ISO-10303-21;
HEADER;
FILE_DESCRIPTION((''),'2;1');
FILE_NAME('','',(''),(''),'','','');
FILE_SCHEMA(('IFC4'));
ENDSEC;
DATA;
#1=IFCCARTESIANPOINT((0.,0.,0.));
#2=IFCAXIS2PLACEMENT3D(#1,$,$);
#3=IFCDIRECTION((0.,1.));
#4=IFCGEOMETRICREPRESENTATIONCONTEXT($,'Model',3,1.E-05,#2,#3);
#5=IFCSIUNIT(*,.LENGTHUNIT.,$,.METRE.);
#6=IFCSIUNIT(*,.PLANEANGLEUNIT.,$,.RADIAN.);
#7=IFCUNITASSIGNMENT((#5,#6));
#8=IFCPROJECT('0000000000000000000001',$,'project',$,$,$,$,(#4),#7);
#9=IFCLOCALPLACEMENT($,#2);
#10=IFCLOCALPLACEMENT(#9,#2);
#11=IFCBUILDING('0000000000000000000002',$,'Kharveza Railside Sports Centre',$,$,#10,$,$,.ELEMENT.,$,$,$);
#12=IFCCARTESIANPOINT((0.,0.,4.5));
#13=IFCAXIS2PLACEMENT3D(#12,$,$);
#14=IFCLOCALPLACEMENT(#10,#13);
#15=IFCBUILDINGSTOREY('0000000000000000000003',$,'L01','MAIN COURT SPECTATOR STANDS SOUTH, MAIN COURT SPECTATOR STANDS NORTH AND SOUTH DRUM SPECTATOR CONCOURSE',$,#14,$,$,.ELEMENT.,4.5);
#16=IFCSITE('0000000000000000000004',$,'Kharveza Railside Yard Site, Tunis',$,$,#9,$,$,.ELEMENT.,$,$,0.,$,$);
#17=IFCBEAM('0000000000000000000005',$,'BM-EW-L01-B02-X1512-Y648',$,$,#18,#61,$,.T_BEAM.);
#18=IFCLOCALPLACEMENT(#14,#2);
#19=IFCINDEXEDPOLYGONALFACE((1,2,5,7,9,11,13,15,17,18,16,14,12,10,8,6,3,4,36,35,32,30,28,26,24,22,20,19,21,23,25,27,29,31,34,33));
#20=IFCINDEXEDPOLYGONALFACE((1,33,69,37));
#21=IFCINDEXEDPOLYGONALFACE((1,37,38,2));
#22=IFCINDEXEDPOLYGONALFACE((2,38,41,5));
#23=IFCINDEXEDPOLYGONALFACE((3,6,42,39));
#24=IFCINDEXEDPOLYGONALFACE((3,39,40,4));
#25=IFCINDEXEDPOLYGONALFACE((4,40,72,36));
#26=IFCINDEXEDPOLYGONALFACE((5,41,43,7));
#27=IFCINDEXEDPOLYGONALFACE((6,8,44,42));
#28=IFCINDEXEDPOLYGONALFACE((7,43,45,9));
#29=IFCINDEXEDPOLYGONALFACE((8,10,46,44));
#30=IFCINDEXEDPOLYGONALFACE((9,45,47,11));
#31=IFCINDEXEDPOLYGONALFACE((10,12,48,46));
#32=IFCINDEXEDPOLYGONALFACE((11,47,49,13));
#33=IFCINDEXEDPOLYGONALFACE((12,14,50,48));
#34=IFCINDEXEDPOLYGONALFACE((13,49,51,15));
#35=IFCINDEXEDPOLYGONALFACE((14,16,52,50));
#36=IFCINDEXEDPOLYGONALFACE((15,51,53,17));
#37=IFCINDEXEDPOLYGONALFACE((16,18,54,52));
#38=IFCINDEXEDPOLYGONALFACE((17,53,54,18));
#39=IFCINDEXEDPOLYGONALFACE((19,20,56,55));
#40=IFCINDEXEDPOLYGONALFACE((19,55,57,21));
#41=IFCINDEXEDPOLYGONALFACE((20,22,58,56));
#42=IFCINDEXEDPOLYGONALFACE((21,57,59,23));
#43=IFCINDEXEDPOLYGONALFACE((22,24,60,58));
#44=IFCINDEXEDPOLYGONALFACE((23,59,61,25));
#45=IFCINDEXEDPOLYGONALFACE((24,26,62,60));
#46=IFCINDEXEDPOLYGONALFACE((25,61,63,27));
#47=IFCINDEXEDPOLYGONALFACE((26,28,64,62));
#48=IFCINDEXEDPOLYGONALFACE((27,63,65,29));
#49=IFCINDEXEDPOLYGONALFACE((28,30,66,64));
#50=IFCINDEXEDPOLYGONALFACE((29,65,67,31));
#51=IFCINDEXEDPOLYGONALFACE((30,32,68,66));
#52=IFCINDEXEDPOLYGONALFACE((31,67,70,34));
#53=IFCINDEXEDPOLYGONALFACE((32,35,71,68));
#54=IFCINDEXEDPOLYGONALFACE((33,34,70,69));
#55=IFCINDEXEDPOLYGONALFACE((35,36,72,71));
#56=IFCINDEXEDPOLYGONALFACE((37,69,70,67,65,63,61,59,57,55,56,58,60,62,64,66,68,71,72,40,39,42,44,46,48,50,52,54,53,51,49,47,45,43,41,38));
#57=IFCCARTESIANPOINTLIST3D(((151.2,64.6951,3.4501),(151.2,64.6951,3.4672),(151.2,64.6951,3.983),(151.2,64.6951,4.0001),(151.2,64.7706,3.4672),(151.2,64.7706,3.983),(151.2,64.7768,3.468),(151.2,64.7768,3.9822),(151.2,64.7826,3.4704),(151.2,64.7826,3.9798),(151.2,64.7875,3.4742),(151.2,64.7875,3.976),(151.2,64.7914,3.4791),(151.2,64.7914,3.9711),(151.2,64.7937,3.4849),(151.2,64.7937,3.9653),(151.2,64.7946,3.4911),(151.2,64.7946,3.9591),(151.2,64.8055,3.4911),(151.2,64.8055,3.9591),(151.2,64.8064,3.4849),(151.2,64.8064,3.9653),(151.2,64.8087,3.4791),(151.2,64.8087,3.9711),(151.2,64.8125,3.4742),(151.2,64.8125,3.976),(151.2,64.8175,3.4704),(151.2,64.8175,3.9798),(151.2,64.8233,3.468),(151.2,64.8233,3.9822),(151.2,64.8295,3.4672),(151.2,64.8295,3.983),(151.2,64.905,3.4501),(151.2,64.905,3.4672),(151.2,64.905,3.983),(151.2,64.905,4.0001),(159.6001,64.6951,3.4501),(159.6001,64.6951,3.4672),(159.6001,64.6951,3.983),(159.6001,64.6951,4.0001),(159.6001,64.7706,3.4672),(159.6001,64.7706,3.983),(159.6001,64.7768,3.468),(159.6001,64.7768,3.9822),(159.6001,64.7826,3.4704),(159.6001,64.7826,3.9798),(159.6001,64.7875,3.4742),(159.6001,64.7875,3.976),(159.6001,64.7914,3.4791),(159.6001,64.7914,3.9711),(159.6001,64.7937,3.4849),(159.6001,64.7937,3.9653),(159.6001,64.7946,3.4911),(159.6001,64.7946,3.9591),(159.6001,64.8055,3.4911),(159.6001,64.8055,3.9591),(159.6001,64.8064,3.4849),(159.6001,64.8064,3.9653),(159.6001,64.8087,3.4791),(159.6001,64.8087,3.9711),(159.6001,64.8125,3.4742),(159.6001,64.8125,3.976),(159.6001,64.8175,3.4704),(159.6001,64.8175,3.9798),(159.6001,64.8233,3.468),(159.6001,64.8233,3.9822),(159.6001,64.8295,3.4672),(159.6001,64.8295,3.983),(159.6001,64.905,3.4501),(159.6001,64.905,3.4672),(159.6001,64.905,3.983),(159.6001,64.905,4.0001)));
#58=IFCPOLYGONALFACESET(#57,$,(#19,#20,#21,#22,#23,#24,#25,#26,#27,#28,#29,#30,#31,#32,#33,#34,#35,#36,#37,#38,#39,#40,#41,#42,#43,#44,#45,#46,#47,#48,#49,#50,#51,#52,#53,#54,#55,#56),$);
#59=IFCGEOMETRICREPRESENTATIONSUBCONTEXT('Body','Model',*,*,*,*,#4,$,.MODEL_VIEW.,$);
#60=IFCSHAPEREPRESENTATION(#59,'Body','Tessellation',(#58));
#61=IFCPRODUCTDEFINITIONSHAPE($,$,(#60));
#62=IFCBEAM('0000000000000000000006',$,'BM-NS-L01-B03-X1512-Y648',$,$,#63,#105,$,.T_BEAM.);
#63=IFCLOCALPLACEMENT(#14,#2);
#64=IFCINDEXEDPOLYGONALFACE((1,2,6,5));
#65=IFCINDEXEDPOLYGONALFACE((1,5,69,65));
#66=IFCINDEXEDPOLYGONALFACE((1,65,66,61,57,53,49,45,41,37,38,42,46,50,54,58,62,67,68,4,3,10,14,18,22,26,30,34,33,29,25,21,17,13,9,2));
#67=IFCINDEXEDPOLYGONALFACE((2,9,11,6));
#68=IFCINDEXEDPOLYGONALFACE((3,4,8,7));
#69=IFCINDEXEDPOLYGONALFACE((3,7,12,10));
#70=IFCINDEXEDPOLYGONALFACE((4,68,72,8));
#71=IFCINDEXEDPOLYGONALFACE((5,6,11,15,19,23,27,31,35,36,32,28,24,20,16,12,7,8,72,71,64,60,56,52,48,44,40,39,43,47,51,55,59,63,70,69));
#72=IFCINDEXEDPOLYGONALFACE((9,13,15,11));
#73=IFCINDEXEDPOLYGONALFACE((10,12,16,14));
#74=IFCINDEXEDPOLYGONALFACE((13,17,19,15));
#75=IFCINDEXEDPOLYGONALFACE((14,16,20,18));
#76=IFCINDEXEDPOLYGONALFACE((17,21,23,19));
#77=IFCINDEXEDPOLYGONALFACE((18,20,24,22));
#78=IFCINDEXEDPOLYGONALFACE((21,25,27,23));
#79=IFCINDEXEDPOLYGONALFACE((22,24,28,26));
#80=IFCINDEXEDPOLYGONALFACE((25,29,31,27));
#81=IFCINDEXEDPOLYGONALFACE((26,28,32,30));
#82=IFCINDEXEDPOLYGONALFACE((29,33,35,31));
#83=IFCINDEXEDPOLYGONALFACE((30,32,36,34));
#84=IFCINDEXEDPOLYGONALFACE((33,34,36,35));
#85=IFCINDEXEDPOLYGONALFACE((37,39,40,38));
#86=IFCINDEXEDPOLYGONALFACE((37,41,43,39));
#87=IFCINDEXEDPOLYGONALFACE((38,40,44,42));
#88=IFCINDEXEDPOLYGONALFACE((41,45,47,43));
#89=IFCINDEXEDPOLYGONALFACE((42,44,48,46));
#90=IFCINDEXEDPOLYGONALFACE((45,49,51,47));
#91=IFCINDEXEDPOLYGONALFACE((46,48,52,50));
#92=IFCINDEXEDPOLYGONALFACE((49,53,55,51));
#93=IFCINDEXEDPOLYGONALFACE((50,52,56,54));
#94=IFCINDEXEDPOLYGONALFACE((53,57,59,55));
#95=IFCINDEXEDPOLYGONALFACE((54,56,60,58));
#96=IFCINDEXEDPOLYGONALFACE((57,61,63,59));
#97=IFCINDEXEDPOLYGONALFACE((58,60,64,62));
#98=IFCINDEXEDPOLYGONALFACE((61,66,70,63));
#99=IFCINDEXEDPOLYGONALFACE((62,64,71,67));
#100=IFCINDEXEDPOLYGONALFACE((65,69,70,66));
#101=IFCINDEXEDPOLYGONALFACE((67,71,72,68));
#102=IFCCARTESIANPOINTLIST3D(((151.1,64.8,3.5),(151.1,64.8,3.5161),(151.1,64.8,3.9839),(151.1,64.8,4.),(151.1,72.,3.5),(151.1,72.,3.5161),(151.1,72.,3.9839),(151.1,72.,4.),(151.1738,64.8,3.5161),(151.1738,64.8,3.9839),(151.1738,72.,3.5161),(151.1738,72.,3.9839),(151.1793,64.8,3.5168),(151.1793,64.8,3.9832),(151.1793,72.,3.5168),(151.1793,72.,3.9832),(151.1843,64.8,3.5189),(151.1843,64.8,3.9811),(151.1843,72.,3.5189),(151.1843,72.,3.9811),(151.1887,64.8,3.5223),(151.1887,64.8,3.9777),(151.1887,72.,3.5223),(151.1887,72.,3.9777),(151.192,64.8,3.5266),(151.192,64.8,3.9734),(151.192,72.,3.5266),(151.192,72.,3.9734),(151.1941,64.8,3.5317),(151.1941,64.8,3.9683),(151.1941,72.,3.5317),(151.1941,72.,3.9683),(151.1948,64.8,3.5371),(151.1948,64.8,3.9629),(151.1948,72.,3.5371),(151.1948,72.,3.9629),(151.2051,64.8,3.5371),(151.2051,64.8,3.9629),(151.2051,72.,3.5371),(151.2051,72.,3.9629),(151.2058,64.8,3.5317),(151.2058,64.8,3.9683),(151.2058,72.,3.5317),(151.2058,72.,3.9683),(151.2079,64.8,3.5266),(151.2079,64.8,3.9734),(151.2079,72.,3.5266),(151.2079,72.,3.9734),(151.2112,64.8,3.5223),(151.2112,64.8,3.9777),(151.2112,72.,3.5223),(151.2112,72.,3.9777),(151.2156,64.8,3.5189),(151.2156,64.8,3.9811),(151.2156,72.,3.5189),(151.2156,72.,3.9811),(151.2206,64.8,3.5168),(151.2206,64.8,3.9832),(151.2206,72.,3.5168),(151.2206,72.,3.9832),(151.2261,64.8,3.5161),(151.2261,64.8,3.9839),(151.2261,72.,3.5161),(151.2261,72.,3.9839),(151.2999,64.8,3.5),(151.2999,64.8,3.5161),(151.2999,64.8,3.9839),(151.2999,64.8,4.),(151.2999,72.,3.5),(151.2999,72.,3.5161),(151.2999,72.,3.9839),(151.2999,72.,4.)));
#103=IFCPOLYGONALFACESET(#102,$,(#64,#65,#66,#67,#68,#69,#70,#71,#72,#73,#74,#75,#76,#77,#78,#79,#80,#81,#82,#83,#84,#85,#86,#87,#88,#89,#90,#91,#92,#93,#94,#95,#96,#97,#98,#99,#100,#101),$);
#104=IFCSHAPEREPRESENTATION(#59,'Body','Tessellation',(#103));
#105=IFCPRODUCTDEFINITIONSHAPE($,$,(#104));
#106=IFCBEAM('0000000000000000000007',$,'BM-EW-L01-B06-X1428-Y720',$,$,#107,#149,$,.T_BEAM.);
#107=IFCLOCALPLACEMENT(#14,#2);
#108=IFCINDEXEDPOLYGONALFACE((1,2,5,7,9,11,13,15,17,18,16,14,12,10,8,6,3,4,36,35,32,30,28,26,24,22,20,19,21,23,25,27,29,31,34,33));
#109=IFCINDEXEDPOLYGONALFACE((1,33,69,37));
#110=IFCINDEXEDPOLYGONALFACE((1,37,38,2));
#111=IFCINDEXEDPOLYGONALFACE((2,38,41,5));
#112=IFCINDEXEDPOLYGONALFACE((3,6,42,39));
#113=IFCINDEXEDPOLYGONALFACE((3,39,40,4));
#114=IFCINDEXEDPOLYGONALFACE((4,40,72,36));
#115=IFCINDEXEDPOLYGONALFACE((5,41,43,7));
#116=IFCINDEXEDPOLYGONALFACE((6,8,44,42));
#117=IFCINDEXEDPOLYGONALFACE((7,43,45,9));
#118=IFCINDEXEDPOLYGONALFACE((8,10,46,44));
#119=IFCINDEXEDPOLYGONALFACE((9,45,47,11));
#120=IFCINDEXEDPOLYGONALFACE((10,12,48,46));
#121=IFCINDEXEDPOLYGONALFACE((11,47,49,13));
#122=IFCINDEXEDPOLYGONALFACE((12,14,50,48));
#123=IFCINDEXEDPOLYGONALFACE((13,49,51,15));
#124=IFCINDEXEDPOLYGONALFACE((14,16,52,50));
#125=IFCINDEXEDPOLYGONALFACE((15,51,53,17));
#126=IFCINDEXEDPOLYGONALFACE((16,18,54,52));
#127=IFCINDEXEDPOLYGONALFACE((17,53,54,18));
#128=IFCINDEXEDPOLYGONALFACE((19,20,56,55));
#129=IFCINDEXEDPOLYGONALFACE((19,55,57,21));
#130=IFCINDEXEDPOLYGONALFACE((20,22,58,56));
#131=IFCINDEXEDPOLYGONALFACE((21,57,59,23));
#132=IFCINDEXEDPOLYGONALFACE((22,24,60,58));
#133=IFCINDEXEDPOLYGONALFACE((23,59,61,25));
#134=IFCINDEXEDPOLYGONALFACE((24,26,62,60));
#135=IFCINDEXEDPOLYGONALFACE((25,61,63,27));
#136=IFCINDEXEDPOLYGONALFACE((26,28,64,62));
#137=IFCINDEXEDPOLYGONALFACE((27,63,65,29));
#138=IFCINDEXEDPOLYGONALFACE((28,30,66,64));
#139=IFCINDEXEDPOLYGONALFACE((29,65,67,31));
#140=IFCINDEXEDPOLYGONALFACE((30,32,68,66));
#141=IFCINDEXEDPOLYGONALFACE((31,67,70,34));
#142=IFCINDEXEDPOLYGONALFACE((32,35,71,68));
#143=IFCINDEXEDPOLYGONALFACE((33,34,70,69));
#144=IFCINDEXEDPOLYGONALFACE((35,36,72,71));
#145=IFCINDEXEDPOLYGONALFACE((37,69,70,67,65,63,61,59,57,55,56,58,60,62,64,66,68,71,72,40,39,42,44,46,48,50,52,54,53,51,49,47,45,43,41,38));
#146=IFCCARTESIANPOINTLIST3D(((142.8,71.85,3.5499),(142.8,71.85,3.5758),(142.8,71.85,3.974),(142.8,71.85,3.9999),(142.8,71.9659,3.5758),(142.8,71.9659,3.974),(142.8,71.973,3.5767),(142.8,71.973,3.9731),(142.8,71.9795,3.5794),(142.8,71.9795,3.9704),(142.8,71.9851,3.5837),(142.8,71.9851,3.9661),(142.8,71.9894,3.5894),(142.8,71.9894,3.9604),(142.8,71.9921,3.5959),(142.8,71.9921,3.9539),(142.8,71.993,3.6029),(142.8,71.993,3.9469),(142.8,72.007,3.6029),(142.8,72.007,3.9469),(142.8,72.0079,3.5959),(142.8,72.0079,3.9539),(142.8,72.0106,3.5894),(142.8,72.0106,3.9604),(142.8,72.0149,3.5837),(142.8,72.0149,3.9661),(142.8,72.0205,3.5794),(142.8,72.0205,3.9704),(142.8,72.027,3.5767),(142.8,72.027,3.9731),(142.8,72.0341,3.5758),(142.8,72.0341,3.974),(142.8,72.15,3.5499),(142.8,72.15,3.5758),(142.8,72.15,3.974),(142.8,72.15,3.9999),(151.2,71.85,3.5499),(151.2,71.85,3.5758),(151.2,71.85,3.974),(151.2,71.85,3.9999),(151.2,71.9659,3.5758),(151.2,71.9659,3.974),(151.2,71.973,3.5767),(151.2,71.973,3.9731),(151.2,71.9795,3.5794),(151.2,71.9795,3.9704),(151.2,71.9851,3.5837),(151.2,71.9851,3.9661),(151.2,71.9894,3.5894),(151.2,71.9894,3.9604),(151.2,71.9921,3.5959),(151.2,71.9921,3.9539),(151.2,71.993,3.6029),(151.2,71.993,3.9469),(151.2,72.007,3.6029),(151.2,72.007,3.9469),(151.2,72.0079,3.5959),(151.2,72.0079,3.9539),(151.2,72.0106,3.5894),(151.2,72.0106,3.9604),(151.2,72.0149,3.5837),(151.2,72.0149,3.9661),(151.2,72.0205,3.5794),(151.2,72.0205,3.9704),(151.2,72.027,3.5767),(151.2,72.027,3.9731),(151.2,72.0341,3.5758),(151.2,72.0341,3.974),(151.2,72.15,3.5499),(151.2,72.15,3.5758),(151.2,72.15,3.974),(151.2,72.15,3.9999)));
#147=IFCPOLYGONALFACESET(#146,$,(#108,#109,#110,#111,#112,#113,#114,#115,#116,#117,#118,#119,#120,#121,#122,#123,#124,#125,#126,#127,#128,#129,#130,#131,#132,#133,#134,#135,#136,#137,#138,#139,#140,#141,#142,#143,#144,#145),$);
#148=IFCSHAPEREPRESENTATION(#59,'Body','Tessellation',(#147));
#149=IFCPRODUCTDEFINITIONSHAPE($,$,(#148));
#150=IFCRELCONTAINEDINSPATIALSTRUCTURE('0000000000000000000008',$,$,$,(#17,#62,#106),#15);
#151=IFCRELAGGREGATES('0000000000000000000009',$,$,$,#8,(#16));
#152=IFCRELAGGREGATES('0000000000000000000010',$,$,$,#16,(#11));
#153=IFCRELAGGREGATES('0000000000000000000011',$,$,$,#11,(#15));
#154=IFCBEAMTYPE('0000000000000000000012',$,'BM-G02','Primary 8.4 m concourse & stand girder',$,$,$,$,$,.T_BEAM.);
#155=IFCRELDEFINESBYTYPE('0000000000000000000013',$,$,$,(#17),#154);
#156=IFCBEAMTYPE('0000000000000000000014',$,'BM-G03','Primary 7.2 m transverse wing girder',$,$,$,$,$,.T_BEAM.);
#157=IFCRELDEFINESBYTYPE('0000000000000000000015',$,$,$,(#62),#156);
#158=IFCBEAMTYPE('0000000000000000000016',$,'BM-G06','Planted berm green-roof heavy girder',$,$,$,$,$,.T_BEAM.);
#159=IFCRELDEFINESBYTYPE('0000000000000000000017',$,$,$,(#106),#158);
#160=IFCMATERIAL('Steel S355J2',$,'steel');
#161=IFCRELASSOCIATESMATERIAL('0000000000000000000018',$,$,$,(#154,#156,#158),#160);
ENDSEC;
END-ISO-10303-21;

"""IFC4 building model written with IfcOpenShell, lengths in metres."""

from ifc_helpers import new_model, si_unit, direction, frame, origin, origin_2d, place, context, subcontext, project, spatial, i_section, extrude, material, material_profile, profile_set, type_object, element, save


model = new_model("IFC4")

# Units and contexts
model_context = context("Model", 3, precision=1e-05, world=origin(), true_north=direction((0.0, 1.0)))
body_context = subcontext(model_context, "Body", "Model", "MODEL_VIEW")
ifc_project = project(units=[si_unit("LENGTHUNIT", "METRE"), si_unit("PLANEANGLEUNIT", "RADIAN")], contexts=[model_context])

# Site, building, storey
site_placement = place(None, origin())
site = spatial("IfcSite", under=ifc_project, at=site_placement, Name="Kharveza Railside Yard Site, Tunis", CompositionType="ELEMENT", RefElevation=0.0)
building_placement = place(site_placement, origin())
building = spatial("IfcBuilding", under=site, at=building_placement, Name="Kharveza Railside Sports Centre", CompositionType="ELEMENT")
storey_placement = place(building_placement, frame((0.0, 0.0, 4.5)))
storey = spatial("IfcBuildingStorey", under=building, at=storey_placement, Name="L01", Description="MAIN COURT SPECTATOR STANDS SOUTH, MAIN COURT SPECTATOR STANDS NORTH AND SOUTH DRUM SPECTATOR CONCOURSE", CompositionType="ELEMENT", Elevation=4.5)

# Shared definitions
ifc_material_1 = material(Name="Steel S355J2", Category="steel")

# Beams
ifc_material_profile_1 = material_profile(ifc_material_1, i_section(OverallWidth=0.21, OverallDepth=0.55, WebThickness=0.011, FlangeThickness=0.0171, FilletRadius=0.0239, at=origin_2d()), Name="IPE 550")
ifc_profile_set_1 = profile_set([ifc_material_profile_1], Name="Steel S355J2")
beam_type_1 = type_object("IfcBeamType", Name="BM-G02", Description="Primary 8.4 m concourse & stand girder", PredefinedType="T_BEAM", material=ifc_profile_set_1)
beam_1_placement = place(storey_placement, frame((151.2, 64.8, 3.7251), z_axis=(1.0, 0.0, 0.0), x_axis=(0.0, 1.0, 0.0)))
element("IfcBeam", 1, at=beam_1_placement, inside=storey, type_object=beam_type_1, Name="BM-EW-L01-B02-X1512-Y648", PredefinedType="T_BEAM", context=body_context, shape_type="SweptSolid", body=[
    extrude(i_section(OverallWidth=0.21, OverallDepth=0.55, WebThickness=0.011, FlangeThickness=0.0171, FilletRadius=0.0239, at=origin_2d()), origin(), (0.0, 0.0, 1.0), 8.4001),
])
ifc_material_profile_2 = material_profile(ifc_material_1, i_section(OverallWidth=0.2, OverallDepth=0.5, WebThickness=0.0103, FlangeThickness=0.0161, FilletRadius=0.021, at=origin_2d()), Name="IPE 500")
ifc_profile_set_2 = profile_set([ifc_material_profile_2], Name="Steel S355J2")
beam_type_2 = type_object("IfcBeamType", Name="BM-G03", Description="Primary 7.2 m transverse wing girder", PredefinedType="T_BEAM", material=ifc_profile_set_2)
beam_2_placement = place(storey_placement, frame((151.2, 64.8, 3.75), z_axis=(0.0, 1.0, 0.0), x_axis=(-1.0, 0.0, 0.0)))
element("IfcBeam", 2, at=beam_2_placement, inside=storey, type_object=beam_type_2, Name="BM-NS-L01-B03-X1512-Y648", PredefinedType="T_BEAM", context=body_context, shape_type="SweptSolid", body=[
    extrude(i_section(OverallWidth=0.2, OverallDepth=0.5, WebThickness=0.0103, FlangeThickness=0.0161, FilletRadius=0.021, at=origin_2d()), origin(), (0.0, 0.0, 1.0), 7.2),
])
ifc_material_profile_3 = material_profile(ifc_material_1, i_section(OverallWidth=0.3, OverallDepth=0.45, WebThickness=0.0139, FlangeThickness=0.0259, FilletRadius=0.0271, at=origin_2d()), Name="HEB 450")
ifc_profile_set_3 = profile_set([ifc_material_profile_3], Name="Steel S355J2")
beam_type_3 = type_object("IfcBeamType", Name="BM-G06", Description="Planted berm green-roof heavy girder", PredefinedType="T_BEAM", material=ifc_profile_set_3)
beam_3_placement = place(storey_placement, frame((142.8, 72.0, 3.7749), z_axis=(1.0, 0.0, 0.0), x_axis=(0.0, 1.0, 0.0)))
element("IfcBeam", 3, at=beam_3_placement, inside=storey, type_object=beam_type_3, Name="BM-EW-L01-B06-X1428-Y720", PredefinedType="T_BEAM", context=body_context, shape_type="SweptSolid", body=[
    extrude(i_section(OverallWidth=0.3, OverallDepth=0.45, WebThickness=0.0139, FlangeThickness=0.0259, FilletRadius=0.0271, at=origin_2d()), origin(), (0.0, 0.0, 1.0), 8.3999),
])

save(model, "model.ifc")
